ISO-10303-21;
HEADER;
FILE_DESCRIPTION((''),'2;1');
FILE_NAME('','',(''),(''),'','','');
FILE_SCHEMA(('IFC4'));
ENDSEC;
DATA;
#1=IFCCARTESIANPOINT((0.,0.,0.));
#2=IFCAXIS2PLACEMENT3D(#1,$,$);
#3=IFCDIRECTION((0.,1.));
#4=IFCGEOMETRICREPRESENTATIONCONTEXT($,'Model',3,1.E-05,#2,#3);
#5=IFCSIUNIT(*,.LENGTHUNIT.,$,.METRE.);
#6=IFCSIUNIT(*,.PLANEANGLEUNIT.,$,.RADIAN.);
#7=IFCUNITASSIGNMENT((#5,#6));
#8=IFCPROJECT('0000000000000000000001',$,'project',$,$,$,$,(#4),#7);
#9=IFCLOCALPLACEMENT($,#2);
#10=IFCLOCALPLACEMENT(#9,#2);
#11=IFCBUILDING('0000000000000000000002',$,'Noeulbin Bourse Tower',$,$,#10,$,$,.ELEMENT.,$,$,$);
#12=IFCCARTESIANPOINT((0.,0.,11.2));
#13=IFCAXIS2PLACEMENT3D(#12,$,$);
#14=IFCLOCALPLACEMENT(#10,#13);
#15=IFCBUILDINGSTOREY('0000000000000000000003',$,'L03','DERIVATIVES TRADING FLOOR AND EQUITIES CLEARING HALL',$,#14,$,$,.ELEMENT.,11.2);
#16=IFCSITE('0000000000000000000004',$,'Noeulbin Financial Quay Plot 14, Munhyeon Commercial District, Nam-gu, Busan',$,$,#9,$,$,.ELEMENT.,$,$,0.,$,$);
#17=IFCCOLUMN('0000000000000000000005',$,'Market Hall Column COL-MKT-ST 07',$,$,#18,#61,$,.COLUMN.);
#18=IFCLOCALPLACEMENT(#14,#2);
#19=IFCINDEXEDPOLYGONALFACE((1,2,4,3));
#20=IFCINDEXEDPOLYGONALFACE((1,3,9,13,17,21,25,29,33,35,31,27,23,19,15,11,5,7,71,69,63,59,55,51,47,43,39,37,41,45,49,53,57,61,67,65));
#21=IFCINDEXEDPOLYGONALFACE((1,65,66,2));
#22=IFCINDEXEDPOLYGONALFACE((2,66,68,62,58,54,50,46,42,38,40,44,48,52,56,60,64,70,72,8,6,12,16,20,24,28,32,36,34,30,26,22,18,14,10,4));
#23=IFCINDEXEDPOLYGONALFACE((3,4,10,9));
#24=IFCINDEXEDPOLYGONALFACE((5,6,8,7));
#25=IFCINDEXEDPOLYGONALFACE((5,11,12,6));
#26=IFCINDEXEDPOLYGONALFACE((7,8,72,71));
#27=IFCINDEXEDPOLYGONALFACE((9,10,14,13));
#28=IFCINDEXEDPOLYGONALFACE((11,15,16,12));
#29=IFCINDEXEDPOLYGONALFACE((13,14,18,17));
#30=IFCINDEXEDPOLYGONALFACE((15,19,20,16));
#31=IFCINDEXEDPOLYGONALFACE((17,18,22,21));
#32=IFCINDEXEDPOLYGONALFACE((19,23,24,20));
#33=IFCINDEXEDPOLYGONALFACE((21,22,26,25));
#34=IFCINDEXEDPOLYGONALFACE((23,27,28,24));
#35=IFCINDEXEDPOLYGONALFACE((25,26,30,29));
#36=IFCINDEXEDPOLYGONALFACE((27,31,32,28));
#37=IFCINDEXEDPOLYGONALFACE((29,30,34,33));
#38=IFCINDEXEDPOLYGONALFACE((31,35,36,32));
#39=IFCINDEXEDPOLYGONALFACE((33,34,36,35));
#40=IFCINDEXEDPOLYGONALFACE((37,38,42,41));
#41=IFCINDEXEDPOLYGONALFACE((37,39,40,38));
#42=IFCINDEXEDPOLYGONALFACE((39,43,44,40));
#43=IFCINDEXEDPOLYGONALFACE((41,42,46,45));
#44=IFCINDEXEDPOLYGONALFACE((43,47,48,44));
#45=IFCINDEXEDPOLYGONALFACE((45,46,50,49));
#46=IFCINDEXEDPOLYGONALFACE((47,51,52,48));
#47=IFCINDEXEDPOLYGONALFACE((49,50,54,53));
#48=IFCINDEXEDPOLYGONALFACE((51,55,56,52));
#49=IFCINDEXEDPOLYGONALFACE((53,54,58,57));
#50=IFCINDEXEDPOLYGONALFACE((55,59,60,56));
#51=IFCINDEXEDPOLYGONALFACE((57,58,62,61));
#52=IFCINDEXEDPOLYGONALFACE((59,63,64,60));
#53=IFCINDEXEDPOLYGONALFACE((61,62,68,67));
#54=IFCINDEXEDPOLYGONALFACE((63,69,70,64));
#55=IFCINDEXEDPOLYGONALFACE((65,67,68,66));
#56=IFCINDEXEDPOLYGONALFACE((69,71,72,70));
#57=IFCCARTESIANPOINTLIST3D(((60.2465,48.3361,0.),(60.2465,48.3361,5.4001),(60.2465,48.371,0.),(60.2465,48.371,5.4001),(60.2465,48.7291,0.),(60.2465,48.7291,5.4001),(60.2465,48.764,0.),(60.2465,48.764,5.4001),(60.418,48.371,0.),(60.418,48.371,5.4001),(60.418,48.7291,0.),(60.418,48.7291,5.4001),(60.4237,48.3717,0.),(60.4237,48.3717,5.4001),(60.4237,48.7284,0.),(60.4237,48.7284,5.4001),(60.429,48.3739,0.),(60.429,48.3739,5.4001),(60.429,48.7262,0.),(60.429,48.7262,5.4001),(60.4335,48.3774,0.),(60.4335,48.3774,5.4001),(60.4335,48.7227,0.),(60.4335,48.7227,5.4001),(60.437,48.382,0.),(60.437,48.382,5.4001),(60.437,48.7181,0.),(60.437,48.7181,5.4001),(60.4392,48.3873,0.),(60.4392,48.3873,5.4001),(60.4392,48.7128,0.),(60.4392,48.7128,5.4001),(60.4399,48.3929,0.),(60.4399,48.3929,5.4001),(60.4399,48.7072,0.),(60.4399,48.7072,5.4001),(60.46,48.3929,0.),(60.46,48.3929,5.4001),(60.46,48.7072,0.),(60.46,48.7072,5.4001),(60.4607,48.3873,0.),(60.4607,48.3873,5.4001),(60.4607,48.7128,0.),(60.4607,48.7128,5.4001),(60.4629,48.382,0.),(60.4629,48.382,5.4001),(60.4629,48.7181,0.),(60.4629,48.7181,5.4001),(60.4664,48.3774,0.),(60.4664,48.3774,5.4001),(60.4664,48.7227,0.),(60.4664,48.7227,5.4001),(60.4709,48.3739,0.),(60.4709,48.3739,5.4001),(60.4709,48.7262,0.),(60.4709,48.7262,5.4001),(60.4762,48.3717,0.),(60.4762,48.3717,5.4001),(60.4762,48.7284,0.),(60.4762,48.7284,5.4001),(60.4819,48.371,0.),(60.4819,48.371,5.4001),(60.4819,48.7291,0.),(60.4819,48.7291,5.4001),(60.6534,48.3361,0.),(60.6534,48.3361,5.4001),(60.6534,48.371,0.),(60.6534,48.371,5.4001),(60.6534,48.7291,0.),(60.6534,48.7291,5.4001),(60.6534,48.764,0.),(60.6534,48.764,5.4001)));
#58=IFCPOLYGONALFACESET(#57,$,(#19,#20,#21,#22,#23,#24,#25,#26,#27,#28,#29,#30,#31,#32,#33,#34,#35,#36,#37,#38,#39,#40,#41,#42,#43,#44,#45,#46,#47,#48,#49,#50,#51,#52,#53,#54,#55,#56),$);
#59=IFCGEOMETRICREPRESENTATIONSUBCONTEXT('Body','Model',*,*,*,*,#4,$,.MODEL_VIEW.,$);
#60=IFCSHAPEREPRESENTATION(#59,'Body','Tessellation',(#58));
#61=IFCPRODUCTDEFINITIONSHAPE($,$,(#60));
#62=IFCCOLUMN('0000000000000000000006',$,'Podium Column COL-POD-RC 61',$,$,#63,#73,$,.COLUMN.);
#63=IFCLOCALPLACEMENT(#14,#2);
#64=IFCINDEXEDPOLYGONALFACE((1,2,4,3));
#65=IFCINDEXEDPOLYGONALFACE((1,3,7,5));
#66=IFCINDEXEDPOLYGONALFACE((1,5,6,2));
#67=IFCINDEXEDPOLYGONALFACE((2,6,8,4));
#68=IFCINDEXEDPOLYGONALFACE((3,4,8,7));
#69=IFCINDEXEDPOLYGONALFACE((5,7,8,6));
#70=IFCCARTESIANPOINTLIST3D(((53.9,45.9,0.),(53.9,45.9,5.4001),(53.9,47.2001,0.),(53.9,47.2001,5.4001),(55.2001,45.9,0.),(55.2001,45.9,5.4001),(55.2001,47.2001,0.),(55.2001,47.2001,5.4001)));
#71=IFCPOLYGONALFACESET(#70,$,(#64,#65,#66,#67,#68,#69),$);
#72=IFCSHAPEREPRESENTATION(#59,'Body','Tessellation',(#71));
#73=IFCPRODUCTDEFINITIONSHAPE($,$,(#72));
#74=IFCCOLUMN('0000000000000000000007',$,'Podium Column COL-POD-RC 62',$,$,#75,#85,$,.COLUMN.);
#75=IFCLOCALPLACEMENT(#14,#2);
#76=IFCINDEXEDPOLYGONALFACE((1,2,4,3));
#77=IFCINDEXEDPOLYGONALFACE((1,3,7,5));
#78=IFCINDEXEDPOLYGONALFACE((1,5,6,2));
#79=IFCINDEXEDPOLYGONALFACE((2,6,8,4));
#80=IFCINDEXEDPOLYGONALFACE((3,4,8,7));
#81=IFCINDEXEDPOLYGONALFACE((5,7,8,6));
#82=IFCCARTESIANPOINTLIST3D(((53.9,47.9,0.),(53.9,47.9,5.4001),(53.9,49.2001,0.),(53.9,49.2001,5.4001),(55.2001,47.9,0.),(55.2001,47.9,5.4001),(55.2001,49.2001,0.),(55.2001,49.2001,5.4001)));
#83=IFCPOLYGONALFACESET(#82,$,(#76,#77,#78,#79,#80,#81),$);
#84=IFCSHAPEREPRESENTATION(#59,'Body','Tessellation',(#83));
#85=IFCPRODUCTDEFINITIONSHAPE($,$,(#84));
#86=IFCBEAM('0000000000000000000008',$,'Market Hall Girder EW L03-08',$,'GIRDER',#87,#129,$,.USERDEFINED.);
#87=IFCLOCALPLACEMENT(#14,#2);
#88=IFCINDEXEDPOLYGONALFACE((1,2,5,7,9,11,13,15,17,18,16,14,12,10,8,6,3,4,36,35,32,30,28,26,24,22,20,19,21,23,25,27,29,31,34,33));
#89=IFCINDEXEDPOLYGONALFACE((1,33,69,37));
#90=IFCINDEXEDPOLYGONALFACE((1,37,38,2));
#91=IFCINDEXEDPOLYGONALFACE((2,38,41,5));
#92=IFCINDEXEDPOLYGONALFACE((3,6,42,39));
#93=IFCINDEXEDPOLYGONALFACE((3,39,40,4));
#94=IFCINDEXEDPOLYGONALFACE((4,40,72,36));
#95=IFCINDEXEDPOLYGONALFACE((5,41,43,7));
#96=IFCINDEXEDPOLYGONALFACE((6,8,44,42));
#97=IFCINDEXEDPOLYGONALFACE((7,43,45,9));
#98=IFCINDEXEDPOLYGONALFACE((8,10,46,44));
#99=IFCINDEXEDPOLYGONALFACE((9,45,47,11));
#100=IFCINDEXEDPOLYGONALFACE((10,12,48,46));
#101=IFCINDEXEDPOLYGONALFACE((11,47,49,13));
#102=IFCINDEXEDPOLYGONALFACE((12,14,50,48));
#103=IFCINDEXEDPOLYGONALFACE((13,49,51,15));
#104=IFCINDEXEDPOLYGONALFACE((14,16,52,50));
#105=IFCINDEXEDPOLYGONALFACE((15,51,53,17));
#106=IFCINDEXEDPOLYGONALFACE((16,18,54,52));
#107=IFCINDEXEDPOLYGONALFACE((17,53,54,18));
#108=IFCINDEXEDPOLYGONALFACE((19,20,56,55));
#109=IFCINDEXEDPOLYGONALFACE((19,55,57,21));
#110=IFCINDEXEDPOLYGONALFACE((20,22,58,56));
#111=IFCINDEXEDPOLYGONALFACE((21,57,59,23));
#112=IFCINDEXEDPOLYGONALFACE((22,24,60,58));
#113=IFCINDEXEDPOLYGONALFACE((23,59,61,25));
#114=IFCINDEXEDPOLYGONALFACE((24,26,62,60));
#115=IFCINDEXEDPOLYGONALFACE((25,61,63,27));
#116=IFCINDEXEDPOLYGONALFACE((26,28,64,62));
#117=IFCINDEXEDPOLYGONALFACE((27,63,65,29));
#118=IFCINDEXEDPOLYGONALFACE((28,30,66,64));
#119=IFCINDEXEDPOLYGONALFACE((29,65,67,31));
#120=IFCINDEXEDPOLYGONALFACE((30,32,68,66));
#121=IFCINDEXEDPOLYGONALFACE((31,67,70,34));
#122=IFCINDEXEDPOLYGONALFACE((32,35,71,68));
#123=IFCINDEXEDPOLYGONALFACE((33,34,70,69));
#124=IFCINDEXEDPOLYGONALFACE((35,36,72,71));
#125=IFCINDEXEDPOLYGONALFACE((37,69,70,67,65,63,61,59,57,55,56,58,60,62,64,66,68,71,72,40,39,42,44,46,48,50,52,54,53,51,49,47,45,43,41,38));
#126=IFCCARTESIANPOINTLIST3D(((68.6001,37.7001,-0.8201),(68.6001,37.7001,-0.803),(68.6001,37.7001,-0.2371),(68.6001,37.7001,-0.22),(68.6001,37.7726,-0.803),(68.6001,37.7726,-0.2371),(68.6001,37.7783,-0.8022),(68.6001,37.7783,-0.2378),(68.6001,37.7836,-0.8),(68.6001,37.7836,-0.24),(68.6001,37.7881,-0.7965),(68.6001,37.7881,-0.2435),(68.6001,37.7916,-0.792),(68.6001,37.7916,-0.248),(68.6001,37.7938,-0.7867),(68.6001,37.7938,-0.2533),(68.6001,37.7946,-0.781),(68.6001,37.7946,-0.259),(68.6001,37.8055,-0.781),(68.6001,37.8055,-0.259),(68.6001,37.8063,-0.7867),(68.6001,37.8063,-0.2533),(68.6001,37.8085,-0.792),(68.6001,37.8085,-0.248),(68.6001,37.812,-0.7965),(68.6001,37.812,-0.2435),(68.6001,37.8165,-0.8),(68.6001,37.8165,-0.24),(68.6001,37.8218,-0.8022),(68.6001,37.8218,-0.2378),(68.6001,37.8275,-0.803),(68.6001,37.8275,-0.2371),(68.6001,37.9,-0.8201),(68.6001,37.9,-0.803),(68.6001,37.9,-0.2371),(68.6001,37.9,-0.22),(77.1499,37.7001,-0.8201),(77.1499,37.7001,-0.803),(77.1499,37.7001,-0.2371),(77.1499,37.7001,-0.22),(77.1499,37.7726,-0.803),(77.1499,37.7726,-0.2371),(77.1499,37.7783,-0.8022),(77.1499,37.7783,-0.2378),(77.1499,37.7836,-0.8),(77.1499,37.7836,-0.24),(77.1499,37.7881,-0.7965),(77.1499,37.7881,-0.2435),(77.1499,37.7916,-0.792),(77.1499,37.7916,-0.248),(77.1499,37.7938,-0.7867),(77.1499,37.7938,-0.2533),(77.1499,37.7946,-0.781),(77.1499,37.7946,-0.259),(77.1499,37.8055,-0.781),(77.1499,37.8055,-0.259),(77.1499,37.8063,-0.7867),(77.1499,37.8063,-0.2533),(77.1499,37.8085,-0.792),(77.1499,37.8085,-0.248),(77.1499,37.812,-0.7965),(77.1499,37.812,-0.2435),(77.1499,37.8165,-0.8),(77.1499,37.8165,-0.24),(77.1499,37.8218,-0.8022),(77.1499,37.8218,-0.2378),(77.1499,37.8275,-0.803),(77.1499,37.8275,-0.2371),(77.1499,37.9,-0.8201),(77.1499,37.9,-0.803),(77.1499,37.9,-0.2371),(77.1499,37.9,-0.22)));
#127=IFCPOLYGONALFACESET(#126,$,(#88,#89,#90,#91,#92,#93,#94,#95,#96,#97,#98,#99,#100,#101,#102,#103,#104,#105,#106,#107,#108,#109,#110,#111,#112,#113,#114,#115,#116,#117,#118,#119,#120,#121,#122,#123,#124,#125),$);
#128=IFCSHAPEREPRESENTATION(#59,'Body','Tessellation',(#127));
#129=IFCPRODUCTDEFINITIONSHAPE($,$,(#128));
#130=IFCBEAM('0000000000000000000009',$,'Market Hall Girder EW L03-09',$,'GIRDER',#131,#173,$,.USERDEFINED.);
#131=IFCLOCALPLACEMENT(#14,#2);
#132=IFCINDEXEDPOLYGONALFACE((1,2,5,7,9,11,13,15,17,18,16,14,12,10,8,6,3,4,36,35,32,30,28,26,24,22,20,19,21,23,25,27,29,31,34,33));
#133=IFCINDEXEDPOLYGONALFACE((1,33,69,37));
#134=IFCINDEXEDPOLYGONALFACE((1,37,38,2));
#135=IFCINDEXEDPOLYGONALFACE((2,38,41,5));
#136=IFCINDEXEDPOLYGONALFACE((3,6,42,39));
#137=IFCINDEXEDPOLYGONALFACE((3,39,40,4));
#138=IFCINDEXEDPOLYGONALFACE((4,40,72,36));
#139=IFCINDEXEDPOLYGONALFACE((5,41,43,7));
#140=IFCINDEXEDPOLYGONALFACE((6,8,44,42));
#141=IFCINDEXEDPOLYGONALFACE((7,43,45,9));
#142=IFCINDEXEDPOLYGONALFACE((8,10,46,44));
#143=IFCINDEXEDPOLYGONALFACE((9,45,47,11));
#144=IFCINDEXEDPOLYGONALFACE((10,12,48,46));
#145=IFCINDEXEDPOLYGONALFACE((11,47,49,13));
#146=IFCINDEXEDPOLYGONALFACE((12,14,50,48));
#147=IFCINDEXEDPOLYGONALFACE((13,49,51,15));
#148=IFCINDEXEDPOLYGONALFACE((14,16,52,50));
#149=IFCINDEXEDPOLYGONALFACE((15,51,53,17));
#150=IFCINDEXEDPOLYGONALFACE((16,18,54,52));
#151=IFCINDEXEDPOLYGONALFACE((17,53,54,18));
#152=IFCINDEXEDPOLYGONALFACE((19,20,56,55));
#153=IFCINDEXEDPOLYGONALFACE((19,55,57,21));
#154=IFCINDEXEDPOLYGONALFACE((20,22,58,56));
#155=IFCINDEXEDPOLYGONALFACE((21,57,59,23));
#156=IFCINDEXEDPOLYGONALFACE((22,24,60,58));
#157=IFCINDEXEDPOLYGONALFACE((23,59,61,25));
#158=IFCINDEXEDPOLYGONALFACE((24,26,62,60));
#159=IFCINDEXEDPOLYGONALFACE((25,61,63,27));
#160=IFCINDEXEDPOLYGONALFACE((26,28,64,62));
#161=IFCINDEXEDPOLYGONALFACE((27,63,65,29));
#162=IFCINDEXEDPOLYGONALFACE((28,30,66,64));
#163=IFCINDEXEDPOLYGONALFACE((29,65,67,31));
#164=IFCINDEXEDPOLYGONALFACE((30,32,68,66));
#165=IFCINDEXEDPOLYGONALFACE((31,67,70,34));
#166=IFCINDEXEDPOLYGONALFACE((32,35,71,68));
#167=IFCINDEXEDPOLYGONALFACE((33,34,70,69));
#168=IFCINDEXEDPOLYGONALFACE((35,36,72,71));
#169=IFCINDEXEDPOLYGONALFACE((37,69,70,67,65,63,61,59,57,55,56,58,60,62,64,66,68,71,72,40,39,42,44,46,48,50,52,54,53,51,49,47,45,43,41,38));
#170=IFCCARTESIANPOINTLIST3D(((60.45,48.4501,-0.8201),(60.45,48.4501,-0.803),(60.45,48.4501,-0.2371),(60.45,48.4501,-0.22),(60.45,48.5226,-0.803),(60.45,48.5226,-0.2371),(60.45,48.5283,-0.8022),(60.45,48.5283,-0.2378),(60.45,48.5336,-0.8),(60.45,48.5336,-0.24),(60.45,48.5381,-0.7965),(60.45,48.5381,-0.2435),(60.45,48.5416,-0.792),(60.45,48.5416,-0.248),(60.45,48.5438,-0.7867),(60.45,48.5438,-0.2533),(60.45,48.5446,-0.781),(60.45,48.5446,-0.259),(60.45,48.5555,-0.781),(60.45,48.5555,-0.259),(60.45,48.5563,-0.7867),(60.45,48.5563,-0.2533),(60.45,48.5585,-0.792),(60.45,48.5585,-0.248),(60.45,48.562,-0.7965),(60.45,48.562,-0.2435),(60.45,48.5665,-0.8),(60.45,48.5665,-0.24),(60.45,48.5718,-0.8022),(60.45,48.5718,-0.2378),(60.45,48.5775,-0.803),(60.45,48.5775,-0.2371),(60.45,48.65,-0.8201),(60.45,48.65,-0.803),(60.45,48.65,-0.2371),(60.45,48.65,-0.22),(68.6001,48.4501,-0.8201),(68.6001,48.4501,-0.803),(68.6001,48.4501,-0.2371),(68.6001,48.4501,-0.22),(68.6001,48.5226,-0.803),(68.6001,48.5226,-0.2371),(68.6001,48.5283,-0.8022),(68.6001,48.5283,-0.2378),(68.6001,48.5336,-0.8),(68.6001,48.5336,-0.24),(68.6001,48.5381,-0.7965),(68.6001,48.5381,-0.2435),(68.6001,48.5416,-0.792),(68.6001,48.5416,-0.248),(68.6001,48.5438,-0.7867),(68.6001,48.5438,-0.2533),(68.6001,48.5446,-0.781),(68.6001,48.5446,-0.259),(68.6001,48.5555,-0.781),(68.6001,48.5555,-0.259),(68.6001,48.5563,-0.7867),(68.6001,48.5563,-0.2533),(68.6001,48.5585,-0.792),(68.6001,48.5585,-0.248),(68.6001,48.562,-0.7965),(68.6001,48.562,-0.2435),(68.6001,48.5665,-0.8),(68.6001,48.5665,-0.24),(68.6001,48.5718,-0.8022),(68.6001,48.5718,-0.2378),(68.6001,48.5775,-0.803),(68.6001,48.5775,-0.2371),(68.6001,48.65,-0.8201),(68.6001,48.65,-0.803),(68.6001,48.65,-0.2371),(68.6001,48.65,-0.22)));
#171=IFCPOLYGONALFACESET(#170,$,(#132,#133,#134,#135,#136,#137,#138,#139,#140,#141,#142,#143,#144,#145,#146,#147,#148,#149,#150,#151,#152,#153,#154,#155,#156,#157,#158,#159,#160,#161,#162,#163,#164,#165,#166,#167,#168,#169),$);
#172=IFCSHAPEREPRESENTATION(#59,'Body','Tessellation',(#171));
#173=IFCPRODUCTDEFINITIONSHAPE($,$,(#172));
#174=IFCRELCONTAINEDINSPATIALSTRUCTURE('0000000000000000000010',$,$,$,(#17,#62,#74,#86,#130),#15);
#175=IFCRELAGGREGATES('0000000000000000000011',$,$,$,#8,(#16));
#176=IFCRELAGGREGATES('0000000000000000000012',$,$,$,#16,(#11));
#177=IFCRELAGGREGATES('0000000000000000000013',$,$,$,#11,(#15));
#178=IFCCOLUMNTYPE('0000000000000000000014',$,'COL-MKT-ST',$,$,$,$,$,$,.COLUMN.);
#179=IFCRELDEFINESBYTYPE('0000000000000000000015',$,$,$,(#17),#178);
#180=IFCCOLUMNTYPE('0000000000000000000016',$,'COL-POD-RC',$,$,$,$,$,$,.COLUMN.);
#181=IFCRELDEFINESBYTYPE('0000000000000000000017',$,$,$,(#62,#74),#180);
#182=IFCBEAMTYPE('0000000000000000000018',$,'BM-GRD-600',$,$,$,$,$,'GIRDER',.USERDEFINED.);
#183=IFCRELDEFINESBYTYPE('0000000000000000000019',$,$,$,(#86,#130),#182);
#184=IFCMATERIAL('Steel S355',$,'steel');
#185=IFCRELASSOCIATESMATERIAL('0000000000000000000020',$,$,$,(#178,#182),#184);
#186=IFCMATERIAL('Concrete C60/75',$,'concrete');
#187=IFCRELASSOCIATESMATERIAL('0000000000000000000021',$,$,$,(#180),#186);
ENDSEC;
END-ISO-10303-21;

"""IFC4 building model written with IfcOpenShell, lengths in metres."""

from ifc_helpers import new_model, si_unit, direction, frame, origin, origin_2d, place, context, subcontext, project, spatial, rectangle, i_section, extrude, material, material_profile, profile_set, type_object, element, save


model = new_model("IFC4")

# Units and contexts
model_context = context("Model", 3, precision=1e-05, world=origin(), true_north=direction((0.0, 1.0)))
body_context = subcontext(model_context, "Body", "Model", "MODEL_VIEW")
ifc_project = project(units=[si_unit("LENGTHUNIT", "METRE"), si_unit("PLANEANGLEUNIT", "RADIAN")], contexts=[model_context])

# Site, building, storey
site_placement = place(None, origin())
site = spatial("IfcSite", under=ifc_project, at=site_placement, Name="Noeulbin Financial Quay Plot 14, Munhyeon Commercial District, Nam-gu, Busan", CompositionType="ELEMENT", RefElevation=0.0)
building_placement = place(site_placement, origin())
building = spatial("IfcBuilding", under=site, at=building_placement, Name="Noeulbin Bourse Tower", CompositionType="ELEMENT")
storey_placement = place(building_placement, frame((0.0, 0.0, 11.2)))
storey = spatial("IfcBuildingStorey", under=building, at=storey_placement, Name="L03", Description="DERIVATIVES TRADING FLOOR AND EQUITIES CLEARING HALL", CompositionType="ELEMENT", Elevation=11.2)

# Columns
ifc_material_1 = material(Name="Steel S355", Category="steel")
ifc_material_profile_1 = material_profile(ifc_material_1, i_section(OverallWidth=0.407, OverallDepth=0.428, WebThickness=0.02, FlangeThickness=0.0349, FilletRadius=0.022, at=origin_2d()), Name="H-428x407x20x35", Category="LoadBearing")
ifc_profile_set_1 = profile_set([ifc_material_profile_1], Name="Steel S355")
column_type_1 = type_object("IfcColumnType", Name="COL-MKT-ST", PredefinedType="COLUMN", material=ifc_profile_set_1)
column_placement = place(storey_placement, frame((60.45, 48.55, 0.0), z_axis=(0.0, 0.0, 1.0), x_axis=(1.0, 0.0, 0.0)))
element("IfcColumn", 1, at=column_placement, inside=storey, type_object=column_type_1, Name="Market Hall Column COL-MKT-ST 07", PredefinedType="COLUMN", context=body_context, shape_type="SweptSolid", body=[
    extrude(i_section(OverallWidth=0.407, OverallDepth=0.428, WebThickness=0.02, FlangeThickness=0.0349, FilletRadius=0.022, at=origin_2d()), origin(), (0.0, 0.0, 1.0), 5.4001),
])
ifc_material_2 = material(Name="Concrete C60/75", Category="concrete")
ifc_material_profile_2 = material_profile(ifc_material_2, rectangle(XDim=1.3, YDim=1.3, at=origin_2d()), Name="RC-COL-1300x1300", Category="LoadBearing")
ifc_profile_set_2 = profile_set([ifc_material_profile_2], Name="Concrete C60/75")
column_type_2 = type_object("IfcColumnType", Name="COL-POD-RC", PredefinedType="COLUMN", material=ifc_profile_set_2)
for number, where, z_axis, x_axis, name in (
    (2, (54.55, 46.55, 0.0), (0.0, 0.0, 1.0), (1.0, 0.0, 0.0), "Podium Column COL-POD-RC 61"),
    (3, (54.55, 48.55, 0.0), (0.0, 0.0, 1.0), (1.0, 0.0, 0.0), "Podium Column COL-POD-RC 62"),
):
    element("IfcColumn", number, at=place(storey_placement, frame(where, z_axis=z_axis, x_axis=x_axis)), inside=storey, type_object=column_type_2, Name=name, PredefinedType="COLUMN", context=body_context, shape_type="SweptSolid", body=[
        extrude(rectangle(XDim=1.3, YDim=1.3, at=origin_2d()), origin(), (0.0, 0.0, 1.0), 5.4001),
    ])

# Beams
ifc_material_profile_3 = material_profile(ifc_material_1, i_section(OverallWidth=0.2, OverallDepth=0.6001, WebThickness=0.011, FlangeThickness=0.0171, FilletRadius=0.022, at=origin_2d()), Name="H-600x200x11x17", Category="LoadBearing")
ifc_profile_set_3 = profile_set([ifc_material_profile_3], Name="Steel S355")
beam_type_1 = type_object("IfcBeamType", Name="BM-GRD-600", ElementType="GIRDER", PredefinedType="USERDEFINED", material=ifc_profile_set_3)
beam_1_placement = place(storey_placement, frame((68.6001, 37.8, -0.52), z_axis=(1.0, 0.0, 0.0), x_axis=(0.0, 1.0, 0.0)))
element("IfcBeam", 4, at=beam_1_placement, inside=storey, type_object=beam_type_1, Name="Market Hall Girder EW L03-08", ObjectType="GIRDER", PredefinedType="USERDEFINED", context=body_context, shape_type="SweptSolid", body=[
    extrude(i_section(OverallWidth=0.2, OverallDepth=0.6001, WebThickness=0.011, FlangeThickness=0.0171, FilletRadius=0.022, at=origin_2d()), origin(), (0.0, 0.0, 1.0), 8.5498),
])
beam_2_placement = place(storey_placement, frame((60.45, 48.55, -0.52), z_axis=(1.0, 0.0, 0.0), x_axis=(0.0, 1.0, 0.0)))
element("IfcBeam", 5, at=beam_2_placement, inside=storey, type_object=beam_type_1, Name="Market Hall Girder EW L03-09", ObjectType="GIRDER", PredefinedType="USERDEFINED", context=body_context, shape_type="SweptSolid", body=[
    extrude(i_section(OverallWidth=0.2, OverallDepth=0.6001, WebThickness=0.011, FlangeThickness=0.0171, FilletRadius=0.022, at=origin_2d()), origin(), (0.0, 0.0, 1.0), 8.1501),
])

save(model, "model.ifc")
